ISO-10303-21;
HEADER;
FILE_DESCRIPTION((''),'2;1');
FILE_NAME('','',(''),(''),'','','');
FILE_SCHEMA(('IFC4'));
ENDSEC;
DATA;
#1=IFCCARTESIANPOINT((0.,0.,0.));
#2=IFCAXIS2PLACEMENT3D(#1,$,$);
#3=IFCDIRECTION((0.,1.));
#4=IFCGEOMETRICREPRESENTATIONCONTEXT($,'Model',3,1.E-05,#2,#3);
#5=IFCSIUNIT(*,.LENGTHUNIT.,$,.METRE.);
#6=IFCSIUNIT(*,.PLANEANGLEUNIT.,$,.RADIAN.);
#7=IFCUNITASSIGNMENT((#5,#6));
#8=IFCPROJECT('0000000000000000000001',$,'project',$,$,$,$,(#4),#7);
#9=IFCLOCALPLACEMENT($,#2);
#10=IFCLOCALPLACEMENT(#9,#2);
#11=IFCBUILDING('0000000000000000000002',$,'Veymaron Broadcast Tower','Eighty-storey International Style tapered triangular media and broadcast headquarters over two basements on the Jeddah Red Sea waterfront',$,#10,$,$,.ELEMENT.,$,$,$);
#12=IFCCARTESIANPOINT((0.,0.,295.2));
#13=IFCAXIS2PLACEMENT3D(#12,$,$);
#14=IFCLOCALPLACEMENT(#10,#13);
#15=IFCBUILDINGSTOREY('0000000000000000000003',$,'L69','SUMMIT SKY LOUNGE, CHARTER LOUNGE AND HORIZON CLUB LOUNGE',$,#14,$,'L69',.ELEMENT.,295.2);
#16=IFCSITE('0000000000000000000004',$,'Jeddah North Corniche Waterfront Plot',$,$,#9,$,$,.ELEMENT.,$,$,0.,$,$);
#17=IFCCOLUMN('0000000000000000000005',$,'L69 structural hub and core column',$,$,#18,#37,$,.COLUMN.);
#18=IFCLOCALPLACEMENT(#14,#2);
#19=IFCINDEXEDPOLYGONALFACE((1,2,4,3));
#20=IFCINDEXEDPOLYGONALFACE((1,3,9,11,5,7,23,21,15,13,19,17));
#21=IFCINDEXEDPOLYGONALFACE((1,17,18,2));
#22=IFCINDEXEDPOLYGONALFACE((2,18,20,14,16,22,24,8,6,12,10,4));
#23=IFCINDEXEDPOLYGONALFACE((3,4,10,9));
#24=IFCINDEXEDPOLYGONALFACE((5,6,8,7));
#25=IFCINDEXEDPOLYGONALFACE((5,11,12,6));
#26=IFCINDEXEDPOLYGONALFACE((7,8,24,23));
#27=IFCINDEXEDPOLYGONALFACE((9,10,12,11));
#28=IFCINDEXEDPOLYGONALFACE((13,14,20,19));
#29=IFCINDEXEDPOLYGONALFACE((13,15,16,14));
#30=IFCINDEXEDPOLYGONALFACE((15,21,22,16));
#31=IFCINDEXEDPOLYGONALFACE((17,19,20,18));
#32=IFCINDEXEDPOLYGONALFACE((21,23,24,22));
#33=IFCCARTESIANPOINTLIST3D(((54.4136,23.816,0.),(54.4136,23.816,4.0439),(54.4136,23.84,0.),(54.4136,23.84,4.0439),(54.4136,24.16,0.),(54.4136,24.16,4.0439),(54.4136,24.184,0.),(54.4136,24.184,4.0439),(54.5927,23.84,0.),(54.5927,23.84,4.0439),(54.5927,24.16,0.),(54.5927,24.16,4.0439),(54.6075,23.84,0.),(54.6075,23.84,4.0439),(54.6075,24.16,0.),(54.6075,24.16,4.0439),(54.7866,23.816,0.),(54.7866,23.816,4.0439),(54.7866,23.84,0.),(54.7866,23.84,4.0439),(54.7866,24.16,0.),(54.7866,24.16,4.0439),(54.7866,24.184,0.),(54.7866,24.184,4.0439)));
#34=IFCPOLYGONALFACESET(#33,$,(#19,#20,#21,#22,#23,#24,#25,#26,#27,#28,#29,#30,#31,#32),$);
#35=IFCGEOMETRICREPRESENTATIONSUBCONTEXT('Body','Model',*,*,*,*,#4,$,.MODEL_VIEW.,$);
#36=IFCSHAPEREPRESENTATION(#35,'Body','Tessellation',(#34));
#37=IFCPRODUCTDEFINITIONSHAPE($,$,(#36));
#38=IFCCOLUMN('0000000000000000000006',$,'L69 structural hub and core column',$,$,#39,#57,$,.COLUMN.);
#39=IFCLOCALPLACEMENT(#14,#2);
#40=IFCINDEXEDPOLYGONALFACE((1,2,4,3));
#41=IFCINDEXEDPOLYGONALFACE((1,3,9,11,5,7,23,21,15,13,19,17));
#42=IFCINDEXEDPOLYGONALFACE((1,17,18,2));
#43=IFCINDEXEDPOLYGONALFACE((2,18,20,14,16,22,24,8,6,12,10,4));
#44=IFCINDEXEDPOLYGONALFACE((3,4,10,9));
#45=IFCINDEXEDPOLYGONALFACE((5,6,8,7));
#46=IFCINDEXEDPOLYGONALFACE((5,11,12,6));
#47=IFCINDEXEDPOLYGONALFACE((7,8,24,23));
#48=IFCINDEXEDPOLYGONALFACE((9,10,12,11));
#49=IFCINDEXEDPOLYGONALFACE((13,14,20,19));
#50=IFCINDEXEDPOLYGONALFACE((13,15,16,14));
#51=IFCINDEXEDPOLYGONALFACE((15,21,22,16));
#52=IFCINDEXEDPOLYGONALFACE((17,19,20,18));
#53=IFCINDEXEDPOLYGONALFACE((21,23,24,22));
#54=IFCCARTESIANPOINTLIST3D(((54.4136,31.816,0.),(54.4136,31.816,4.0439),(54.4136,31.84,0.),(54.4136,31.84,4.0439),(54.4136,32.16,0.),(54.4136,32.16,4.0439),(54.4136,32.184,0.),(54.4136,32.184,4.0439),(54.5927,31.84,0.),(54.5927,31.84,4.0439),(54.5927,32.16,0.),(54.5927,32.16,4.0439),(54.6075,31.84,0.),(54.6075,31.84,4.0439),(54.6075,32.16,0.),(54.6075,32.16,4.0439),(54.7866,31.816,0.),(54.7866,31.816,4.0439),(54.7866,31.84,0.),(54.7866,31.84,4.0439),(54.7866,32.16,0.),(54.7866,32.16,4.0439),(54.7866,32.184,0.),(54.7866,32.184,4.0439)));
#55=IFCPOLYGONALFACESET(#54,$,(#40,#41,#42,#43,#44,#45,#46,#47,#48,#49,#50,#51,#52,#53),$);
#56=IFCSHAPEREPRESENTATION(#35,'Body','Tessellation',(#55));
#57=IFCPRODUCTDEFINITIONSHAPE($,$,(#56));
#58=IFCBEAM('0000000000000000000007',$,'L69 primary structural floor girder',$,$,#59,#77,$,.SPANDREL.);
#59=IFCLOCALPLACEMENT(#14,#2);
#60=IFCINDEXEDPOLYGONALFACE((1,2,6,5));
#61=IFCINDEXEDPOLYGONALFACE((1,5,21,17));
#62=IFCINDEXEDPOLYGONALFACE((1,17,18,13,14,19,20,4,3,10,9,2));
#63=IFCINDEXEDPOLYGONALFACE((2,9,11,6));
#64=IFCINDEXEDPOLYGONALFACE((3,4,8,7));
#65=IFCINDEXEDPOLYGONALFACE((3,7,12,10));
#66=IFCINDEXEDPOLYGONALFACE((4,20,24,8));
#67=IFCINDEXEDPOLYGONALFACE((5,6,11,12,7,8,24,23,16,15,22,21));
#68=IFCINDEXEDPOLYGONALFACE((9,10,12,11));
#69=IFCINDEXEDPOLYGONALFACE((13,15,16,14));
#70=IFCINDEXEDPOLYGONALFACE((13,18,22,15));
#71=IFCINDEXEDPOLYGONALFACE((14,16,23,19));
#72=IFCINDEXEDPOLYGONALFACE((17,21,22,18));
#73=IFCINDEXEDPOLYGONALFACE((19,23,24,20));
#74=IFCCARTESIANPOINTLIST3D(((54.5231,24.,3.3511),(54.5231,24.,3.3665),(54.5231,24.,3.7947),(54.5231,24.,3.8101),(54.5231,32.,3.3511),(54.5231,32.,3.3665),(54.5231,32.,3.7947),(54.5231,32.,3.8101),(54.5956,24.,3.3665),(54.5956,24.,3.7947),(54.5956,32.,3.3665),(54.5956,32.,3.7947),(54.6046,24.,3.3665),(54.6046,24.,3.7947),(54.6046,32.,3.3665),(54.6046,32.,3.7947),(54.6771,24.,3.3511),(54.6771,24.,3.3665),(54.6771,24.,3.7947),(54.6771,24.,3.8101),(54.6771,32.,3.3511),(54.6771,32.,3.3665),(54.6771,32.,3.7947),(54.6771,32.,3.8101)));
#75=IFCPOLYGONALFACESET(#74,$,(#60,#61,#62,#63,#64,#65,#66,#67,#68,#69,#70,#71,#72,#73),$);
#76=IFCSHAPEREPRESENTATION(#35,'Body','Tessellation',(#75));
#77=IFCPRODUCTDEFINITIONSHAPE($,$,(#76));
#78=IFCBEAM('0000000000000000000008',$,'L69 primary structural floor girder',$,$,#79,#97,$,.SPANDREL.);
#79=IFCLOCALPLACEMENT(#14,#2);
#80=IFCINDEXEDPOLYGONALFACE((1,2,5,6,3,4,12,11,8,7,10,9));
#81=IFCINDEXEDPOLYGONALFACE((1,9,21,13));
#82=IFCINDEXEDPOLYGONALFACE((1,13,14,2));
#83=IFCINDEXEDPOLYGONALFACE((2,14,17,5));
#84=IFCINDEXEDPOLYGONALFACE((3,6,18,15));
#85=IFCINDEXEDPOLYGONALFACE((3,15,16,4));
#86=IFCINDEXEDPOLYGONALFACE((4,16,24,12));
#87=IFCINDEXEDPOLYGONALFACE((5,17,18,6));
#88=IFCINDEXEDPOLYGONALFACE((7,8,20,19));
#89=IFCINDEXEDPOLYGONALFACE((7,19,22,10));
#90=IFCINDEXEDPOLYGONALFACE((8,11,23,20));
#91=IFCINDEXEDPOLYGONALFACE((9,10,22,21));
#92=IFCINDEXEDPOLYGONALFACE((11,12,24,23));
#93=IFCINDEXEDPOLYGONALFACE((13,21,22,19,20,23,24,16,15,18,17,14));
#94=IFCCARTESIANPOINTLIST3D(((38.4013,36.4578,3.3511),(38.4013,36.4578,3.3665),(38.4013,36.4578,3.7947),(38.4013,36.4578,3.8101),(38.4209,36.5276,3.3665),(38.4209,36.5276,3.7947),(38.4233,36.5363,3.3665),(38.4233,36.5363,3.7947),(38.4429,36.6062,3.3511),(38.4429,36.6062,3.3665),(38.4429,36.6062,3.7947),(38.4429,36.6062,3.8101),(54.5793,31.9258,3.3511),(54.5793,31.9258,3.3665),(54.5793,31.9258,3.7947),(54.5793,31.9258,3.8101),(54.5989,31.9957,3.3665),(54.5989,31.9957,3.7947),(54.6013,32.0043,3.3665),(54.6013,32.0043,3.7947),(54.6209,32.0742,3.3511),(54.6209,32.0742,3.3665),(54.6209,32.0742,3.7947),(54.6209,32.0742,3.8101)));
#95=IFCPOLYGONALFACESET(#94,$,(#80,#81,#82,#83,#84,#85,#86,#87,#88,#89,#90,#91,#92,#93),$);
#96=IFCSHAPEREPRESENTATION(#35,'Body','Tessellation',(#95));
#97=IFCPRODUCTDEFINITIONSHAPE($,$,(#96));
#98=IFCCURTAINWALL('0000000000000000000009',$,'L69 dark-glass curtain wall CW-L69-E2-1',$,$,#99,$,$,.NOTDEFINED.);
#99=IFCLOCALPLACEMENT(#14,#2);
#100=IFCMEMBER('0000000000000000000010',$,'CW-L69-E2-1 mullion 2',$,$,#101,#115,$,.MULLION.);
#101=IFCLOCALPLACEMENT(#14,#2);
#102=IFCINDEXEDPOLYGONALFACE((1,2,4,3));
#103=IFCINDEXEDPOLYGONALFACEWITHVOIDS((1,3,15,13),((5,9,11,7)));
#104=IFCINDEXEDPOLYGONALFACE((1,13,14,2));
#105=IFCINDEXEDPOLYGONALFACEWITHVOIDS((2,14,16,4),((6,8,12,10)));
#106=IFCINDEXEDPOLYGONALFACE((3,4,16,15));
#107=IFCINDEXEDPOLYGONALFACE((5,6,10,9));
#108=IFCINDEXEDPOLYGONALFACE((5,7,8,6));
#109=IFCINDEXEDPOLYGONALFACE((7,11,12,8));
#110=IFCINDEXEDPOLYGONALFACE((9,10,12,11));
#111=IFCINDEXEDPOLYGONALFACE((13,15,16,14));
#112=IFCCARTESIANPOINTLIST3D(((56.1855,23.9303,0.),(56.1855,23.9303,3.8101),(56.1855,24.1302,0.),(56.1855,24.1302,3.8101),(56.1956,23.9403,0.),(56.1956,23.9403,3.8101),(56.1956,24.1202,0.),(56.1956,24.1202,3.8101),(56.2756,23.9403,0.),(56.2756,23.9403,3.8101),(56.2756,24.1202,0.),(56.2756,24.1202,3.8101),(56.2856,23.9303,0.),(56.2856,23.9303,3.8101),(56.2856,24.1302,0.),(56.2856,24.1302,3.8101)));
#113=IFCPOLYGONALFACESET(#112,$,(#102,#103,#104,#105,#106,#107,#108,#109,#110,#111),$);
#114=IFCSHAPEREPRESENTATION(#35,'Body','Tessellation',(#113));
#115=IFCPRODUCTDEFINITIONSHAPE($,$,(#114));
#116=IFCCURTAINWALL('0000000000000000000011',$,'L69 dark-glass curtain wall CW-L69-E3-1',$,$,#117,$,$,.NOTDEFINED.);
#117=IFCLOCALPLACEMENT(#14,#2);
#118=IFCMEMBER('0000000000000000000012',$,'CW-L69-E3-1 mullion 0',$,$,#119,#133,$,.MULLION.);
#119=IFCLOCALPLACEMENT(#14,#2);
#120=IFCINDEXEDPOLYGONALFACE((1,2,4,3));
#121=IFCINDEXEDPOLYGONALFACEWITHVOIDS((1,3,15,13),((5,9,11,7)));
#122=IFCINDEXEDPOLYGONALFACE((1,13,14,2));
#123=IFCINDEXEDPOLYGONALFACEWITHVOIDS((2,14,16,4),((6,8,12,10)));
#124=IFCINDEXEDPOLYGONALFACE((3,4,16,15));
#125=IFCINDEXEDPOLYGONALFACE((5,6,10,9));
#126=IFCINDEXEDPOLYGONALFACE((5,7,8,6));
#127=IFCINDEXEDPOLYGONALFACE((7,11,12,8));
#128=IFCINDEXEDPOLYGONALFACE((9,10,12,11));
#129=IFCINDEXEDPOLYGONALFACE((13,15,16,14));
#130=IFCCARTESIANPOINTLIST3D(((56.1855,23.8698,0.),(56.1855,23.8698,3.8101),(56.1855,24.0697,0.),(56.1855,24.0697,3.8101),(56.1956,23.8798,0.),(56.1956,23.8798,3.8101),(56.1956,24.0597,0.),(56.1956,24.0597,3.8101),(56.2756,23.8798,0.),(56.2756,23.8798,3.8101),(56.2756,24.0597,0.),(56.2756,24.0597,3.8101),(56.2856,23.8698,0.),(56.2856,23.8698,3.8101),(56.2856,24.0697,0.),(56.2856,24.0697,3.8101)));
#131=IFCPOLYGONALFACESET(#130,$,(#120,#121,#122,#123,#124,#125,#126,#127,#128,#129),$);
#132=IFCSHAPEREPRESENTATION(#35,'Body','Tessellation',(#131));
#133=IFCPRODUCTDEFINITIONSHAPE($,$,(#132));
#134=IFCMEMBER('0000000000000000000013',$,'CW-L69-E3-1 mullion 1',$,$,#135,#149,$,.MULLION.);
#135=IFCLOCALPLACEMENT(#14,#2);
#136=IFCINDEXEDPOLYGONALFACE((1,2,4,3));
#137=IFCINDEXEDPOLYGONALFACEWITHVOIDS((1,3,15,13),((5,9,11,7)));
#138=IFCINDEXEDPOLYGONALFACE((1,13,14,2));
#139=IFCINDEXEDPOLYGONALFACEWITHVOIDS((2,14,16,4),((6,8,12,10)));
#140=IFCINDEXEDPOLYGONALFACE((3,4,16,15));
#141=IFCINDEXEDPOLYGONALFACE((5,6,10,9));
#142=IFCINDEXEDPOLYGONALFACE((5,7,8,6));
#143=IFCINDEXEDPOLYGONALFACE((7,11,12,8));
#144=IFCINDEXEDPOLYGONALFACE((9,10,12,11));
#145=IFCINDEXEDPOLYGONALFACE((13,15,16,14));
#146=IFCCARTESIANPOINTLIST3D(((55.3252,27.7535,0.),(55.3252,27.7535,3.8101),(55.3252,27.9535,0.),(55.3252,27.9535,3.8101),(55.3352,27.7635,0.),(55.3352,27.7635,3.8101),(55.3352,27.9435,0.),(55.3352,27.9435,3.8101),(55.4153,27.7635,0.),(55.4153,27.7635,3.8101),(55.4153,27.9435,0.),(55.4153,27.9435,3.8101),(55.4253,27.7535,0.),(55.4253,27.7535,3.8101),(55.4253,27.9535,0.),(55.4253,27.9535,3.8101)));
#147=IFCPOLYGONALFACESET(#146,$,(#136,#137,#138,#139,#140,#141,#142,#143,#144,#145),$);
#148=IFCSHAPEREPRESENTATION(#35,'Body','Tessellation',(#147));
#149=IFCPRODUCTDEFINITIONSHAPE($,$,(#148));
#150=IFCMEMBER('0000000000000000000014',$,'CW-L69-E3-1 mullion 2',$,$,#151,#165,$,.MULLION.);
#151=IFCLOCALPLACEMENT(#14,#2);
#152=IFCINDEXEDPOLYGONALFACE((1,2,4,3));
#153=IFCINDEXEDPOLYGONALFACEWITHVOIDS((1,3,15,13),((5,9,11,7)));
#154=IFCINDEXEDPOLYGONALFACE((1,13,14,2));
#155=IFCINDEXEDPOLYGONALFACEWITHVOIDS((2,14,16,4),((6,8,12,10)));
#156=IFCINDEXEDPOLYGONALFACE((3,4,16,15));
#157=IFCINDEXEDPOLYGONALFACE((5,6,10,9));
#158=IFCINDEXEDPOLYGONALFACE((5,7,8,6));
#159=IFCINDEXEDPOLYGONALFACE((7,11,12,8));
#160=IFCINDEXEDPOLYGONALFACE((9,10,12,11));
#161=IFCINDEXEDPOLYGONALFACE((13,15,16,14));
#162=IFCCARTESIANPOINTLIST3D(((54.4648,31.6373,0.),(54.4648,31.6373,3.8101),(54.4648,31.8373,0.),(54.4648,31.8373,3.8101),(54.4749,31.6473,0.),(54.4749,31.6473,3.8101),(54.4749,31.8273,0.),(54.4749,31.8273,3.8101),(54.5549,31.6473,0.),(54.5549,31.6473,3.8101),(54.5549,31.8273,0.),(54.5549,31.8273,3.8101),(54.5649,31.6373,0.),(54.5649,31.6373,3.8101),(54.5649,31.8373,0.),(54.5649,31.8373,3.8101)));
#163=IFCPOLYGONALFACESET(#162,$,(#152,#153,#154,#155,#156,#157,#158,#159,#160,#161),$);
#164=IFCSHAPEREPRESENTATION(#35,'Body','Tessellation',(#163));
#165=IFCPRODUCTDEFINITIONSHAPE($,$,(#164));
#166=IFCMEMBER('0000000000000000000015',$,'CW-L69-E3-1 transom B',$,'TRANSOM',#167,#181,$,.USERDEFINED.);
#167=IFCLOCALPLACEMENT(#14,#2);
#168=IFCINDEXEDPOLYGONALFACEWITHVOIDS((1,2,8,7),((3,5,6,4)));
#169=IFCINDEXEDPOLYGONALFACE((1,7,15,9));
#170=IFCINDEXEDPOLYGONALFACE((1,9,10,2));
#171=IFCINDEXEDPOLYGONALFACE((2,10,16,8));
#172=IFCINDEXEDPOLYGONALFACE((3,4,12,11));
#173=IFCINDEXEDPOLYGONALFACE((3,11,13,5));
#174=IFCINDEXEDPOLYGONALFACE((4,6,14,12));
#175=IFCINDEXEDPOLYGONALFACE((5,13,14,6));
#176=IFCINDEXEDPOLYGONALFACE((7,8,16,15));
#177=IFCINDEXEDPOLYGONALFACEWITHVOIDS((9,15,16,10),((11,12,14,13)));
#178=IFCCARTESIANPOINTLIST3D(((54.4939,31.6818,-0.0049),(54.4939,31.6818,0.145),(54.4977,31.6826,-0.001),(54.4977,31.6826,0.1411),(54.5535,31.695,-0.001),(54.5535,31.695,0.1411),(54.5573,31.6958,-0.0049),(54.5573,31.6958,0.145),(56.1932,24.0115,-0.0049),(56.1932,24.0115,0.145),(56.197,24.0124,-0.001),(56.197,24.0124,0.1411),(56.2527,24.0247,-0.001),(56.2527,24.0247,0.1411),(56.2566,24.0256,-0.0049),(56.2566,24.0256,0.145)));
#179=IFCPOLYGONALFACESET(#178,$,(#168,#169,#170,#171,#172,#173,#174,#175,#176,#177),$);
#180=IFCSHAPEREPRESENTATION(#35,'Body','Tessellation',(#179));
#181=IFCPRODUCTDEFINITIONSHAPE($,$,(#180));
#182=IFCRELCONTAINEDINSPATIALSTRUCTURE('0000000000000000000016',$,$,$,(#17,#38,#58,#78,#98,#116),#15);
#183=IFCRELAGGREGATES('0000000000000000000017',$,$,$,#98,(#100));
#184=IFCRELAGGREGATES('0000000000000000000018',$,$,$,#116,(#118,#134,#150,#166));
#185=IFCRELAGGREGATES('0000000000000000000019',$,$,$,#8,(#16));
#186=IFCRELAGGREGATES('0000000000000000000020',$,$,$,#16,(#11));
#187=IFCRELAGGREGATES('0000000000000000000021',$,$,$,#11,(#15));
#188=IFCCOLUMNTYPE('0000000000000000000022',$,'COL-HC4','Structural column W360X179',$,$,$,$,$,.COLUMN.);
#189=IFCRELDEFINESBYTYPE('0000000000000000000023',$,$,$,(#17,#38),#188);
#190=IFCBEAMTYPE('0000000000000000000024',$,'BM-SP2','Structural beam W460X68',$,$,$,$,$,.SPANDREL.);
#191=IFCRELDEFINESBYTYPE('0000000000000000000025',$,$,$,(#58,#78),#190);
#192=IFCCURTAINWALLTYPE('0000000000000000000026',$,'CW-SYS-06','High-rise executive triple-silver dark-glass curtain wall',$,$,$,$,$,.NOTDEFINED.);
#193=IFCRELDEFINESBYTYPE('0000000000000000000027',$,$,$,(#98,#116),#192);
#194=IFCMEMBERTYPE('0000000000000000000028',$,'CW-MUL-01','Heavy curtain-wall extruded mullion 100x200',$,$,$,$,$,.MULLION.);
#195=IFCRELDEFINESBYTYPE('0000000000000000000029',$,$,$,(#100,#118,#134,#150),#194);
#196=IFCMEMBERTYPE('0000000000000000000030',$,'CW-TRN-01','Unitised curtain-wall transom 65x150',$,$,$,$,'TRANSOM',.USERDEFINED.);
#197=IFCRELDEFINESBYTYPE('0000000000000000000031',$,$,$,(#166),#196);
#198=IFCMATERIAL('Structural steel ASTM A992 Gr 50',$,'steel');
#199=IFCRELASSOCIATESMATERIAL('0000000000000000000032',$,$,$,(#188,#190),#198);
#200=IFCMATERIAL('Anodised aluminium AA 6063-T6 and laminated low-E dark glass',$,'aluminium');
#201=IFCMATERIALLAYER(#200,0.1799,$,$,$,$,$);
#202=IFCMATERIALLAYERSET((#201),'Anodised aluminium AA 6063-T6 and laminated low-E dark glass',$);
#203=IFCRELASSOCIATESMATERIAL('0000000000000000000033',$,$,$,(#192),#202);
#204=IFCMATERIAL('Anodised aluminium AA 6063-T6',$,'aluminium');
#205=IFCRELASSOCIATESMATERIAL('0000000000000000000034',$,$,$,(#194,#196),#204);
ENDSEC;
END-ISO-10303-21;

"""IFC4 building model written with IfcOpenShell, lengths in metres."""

from ifc_helpers import new_model, si_unit, direction, frame, origin, origin_2d, place, context, subcontext, project, spatial, hollow_rectangle, i_section, extrude, material, layer, layer_set, material_profile, profile_set, type_object, element, aggregate, save


model = new_model("IFC4")

# Units and contexts
model_context = context("Model", 3, precision=1e-05, world=origin(), true_north=direction((0.0, 1.0)))
body_context = subcontext(model_context, "Body", "Model", "MODEL_VIEW")
ifc_project = project(units=[si_unit("LENGTHUNIT", "METRE"), si_unit("PLANEANGLEUNIT", "RADIAN")], contexts=[model_context])

# Site, building, storey
site_placement = place(None, origin())
site = spatial("IfcSite", under=ifc_project, at=site_placement, Name="Jeddah North Corniche Waterfront Plot", CompositionType="ELEMENT", RefElevation=0.0)
building_placement = place(site_placement, origin())
building = spatial("IfcBuilding", under=site, at=building_placement, Name="Veymaron Broadcast Tower", Description="Eighty-storey International Style tapered triangular media and broadcast headquarters over two basements on the Jeddah Red Sea waterfront", CompositionType="ELEMENT")
storey_placement = place(building_placement, frame((0.0, 0.0, 295.2)))
storey = spatial("IfcBuildingStorey", under=building, at=storey_placement, Name="L69", Description="SUMMIT SKY LOUNGE, CHARTER LOUNGE AND HORIZON CLUB LOUNGE", LongName="L69", CompositionType="ELEMENT", Elevation=295.2)

# Columns
ifc_material_1 = material(Name="Structural steel ASTM A992 Gr 50", Category="steel")
ifc_material_profile_1 = material_profile(ifc_material_1, i_section(OverallWidth=0.373, OverallDepth=0.3679, WebThickness=0.0149, FlangeThickness=0.0239, at=origin_2d()), Name="W360X179")
ifc_profile_set_1 = profile_set([ifc_material_profile_1], Name="Structural steel ASTM A992 Gr 50")
column_type = type_object("IfcColumnType", Name="COL-HC4", Description="Structural column W360X179", PredefinedType="COLUMN", material=ifc_profile_set_1)
for number, where, z_axis, x_axis, name in (
    (1, (54.6001, 24.0, 0.0), (0.0, 0.0, 1.0), (1.0, 0.0, 0.0), "L69 structural hub and core column"),
    (2, (54.6001, 32.0, 0.0), (0.0, 0.0, 1.0), (1.0, 0.0, 0.0), "L69 structural hub and core column"),
):
    element("IfcColumn", number, at=place(storey_placement, frame(where, z_axis=z_axis, x_axis=x_axis)), inside=storey, type_object=column_type, Name=name, PredefinedType="COLUMN", context=body_context, shape_type="SweptSolid", body=[
        extrude(i_section(OverallWidth=0.373, OverallDepth=0.3679, WebThickness=0.0149, FlangeThickness=0.0239, at=origin_2d()), origin(), (0.0, 0.0, 1.0), 4.0439),
    ])

# Beams
ifc_material_profile_2 = material_profile(ifc_material_1, i_section(OverallWidth=0.1541, OverallDepth=0.459, WebThickness=0.009, FlangeThickness=0.0154, at=origin_2d()), Name="W460X68")
ifc_profile_set_2 = profile_set([ifc_material_profile_2], Name="Structural steel ASTM A992 Gr 50")
beam_type = type_object("IfcBeamType", Name="BM-SP2", Description="Structural beam W460X68", PredefinedType="SPANDREL", material=ifc_profile_set_2)
beam_1_placement = place(storey_placement, frame((54.6001, 24.0, 3.5806), z_axis=(0.0, 1.0, 0.0), x_axis=(-1.0, 0.0, 0.0)))
element("IfcBeam", 3, at=beam_1_placement, inside=storey, type_object=beam_type, Name="L69 primary structural floor girder", PredefinedType="SPANDREL", context=body_context, shape_type="SweptSolid", body=[
    extrude(i_section(OverallWidth=0.1541, OverallDepth=0.459, WebThickness=0.009, FlangeThickness=0.0154, at=origin_2d()), origin(), (0.0, 0.0, 1.0), 8.0),
])
beam_2_placement = place(storey_placement, frame((54.6001, 32.0, 3.5806), z_axis=(-0.962931, 0.269749, 0.0), x_axis=(-0.269749, -0.962931, 0.0)))
element("IfcBeam", 4, at=beam_2_placement, inside=storey, type_object=beam_type, Name="L69 primary structural floor girder", PredefinedType="SPANDREL", context=body_context, shape_type="SweptSolid", body=[
    extrude(i_section(OverallWidth=0.1541, OverallDepth=0.459, WebThickness=0.009, FlangeThickness=0.0154, at=origin_2d()), origin(), (0.0, 0.0, 1.0), 16.8008),
])

# Curtain wall, member
ifc_material_2 = material(Name="Anodised aluminium AA 6063-T6 and laminated low-E dark glass", Category="aluminium")
ifc_layer_1 = layer(ifc_material_2, 0.1799)
ifc_layer_set_1 = layer_set([ifc_layer_1], Name="Anodised aluminium AA 6063-T6 and laminated low-E dark glass")
curtain_wall_type = type_object("IfcCurtainWallType", Name="CW-SYS-06", Description="High-rise executive triple-silver dark-glass curtain wall", PredefinedType="NOTDEFINED", material=ifc_layer_set_1)
curtain_wall_1_placement = place(storey_placement, origin())
curtain_wall_1 = element("IfcCurtainWall", 5, at=curtain_wall_1_placement, inside=storey, type_object=curtain_wall_type, Name="L69 dark-glass curtain wall CW-L69-E2-1", PredefinedType="NOTDEFINED")
ifc_material_3 = material(Name="Anodised aluminium AA 6063-T6", Category="aluminium")
ifc_material_profile_3 = material_profile(ifc_material_3, hollow_rectangle(XDim=0.1001, YDim=0.2, WallThickness=0.01, at=origin_2d()), Name="RHS200X100X10")
ifc_profile_set_3 = profile_set([ifc_material_profile_3], Name="Anodised aluminium AA 6063-T6")
member_type_1 = type_object("IfcMemberType", Name="CW-MUL-01", Description="Heavy curtain-wall extruded mullion 100x200", PredefinedType="MULLION", material=ifc_profile_set_3)
member_1_placement = place(storey_placement, frame((56.2356, 24.0303, 0.0), z_axis=(0.0, 0.0, 1.0), x_axis=(1.0, 0.0, 0.0)))
member_1 = element("IfcMember", 6, at=member_1_placement, type_object=member_type_1, Name="CW-L69-E2-1 mullion 2", PredefinedType="MULLION", context=body_context, shape_type="SweptSolid", body=[
    extrude(hollow_rectangle(XDim=0.1001, YDim=0.2, WallThickness=0.01, at=origin_2d()), origin(), (0.0, 0.0, 1.0), 3.8101),
])
aggregate(curtain_wall_1, [member_1])

# Curtain wall, members
curtain_wall_2_placement = place(storey_placement, origin())
curtain_wall_2 = element("IfcCurtainWall", 7, at=curtain_wall_2_placement, inside=storey, type_object=curtain_wall_type, Name="L69 dark-glass curtain wall CW-L69-E3-1", PredefinedType="NOTDEFINED")
member_2_placement = place(storey_placement, frame((56.2356, 23.9697, 0.0), z_axis=(0.0, 0.0, 1.0), x_axis=(1.0, 0.0, 0.0)))
member_2 = element("IfcMember", 8, at=member_2_placement, type_object=member_type_1, Name="CW-L69-E3-1 mullion 0", PredefinedType="MULLION", context=body_context, shape_type="SweptSolid", body=[
    extrude(hollow_rectangle(XDim=0.1001, YDim=0.2, WallThickness=0.01, at=origin_2d()), origin(), (0.0, 0.0, 1.0), 3.8101),
])
member_3_placement = place(storey_placement, frame((55.3752, 27.8535, 0.0), z_axis=(0.0, 0.0, 1.0), x_axis=(1.0, 0.0, 0.0)))
member_3 = element("IfcMember", 9, at=member_3_placement, type_object=member_type_1, Name="CW-L69-E3-1 mullion 1", PredefinedType="MULLION", context=body_context, shape_type="SweptSolid", body=[
    extrude(hollow_rectangle(XDim=0.1001, YDim=0.2, WallThickness=0.01, at=origin_2d()), origin(), (0.0, 0.0, 1.0), 3.8101),
])
member_4_placement = place(storey_placement, frame((54.5149, 31.7373, 0.0), z_axis=(0.0, 0.0, 1.0), x_axis=(1.0, 0.0, 0.0)))
member_4 = element("IfcMember", 10, at=member_4_placement, type_object=member_type_1, Name="CW-L69-E3-1 mullion 2", PredefinedType="MULLION", context=body_context, shape_type="SweptSolid", body=[
    extrude(hollow_rectangle(XDim=0.1001, YDim=0.2, WallThickness=0.01, at=origin_2d()), origin(), (0.0, 0.0, 1.0), 3.8101),
])
ifc_material_profile_4 = material_profile(ifc_material_3, hollow_rectangle(XDim=0.0649, YDim=0.1499, WallThickness=0.0039, at=origin_2d()), Name="AL150X65X4")
ifc_profile_set_4 = profile_set([ifc_material_profile_4], Name="Anodised aluminium AA 6063-T6")
member_type_2 = type_object("IfcMemberType", Name="CW-TRN-01", Description="Unitised curtain-wall transom 65x150", ElementType="TRANSOM", PredefinedType="USERDEFINED", material=ifc_profile_set_4)
member_5_placement = place(storey_placement, frame((56.2249, 24.0186, 0.0701), z_axis=(-0.216292, 0.976329, 0.0), x_axis=(-0.976329, -0.216292, 0.0)))
member_5 = element("IfcMember", 11, at=member_5_placement, type_object=member_type_2, Name="CW-L69-E3-1 transom B", ObjectType="TRANSOM", PredefinedType="USERDEFINED", context=body_context, shape_type="SweptSolid", body=[
    extrude(hollow_rectangle(XDim=0.0649, YDim=0.1499, WallThickness=0.0039, at=origin_2d()), origin(), (0.0, 0.0, 1.0), 7.8562),
])
aggregate(curtain_wall_2, [member_2, member_3, member_4, member_5])

save(model, "model.ifc")
